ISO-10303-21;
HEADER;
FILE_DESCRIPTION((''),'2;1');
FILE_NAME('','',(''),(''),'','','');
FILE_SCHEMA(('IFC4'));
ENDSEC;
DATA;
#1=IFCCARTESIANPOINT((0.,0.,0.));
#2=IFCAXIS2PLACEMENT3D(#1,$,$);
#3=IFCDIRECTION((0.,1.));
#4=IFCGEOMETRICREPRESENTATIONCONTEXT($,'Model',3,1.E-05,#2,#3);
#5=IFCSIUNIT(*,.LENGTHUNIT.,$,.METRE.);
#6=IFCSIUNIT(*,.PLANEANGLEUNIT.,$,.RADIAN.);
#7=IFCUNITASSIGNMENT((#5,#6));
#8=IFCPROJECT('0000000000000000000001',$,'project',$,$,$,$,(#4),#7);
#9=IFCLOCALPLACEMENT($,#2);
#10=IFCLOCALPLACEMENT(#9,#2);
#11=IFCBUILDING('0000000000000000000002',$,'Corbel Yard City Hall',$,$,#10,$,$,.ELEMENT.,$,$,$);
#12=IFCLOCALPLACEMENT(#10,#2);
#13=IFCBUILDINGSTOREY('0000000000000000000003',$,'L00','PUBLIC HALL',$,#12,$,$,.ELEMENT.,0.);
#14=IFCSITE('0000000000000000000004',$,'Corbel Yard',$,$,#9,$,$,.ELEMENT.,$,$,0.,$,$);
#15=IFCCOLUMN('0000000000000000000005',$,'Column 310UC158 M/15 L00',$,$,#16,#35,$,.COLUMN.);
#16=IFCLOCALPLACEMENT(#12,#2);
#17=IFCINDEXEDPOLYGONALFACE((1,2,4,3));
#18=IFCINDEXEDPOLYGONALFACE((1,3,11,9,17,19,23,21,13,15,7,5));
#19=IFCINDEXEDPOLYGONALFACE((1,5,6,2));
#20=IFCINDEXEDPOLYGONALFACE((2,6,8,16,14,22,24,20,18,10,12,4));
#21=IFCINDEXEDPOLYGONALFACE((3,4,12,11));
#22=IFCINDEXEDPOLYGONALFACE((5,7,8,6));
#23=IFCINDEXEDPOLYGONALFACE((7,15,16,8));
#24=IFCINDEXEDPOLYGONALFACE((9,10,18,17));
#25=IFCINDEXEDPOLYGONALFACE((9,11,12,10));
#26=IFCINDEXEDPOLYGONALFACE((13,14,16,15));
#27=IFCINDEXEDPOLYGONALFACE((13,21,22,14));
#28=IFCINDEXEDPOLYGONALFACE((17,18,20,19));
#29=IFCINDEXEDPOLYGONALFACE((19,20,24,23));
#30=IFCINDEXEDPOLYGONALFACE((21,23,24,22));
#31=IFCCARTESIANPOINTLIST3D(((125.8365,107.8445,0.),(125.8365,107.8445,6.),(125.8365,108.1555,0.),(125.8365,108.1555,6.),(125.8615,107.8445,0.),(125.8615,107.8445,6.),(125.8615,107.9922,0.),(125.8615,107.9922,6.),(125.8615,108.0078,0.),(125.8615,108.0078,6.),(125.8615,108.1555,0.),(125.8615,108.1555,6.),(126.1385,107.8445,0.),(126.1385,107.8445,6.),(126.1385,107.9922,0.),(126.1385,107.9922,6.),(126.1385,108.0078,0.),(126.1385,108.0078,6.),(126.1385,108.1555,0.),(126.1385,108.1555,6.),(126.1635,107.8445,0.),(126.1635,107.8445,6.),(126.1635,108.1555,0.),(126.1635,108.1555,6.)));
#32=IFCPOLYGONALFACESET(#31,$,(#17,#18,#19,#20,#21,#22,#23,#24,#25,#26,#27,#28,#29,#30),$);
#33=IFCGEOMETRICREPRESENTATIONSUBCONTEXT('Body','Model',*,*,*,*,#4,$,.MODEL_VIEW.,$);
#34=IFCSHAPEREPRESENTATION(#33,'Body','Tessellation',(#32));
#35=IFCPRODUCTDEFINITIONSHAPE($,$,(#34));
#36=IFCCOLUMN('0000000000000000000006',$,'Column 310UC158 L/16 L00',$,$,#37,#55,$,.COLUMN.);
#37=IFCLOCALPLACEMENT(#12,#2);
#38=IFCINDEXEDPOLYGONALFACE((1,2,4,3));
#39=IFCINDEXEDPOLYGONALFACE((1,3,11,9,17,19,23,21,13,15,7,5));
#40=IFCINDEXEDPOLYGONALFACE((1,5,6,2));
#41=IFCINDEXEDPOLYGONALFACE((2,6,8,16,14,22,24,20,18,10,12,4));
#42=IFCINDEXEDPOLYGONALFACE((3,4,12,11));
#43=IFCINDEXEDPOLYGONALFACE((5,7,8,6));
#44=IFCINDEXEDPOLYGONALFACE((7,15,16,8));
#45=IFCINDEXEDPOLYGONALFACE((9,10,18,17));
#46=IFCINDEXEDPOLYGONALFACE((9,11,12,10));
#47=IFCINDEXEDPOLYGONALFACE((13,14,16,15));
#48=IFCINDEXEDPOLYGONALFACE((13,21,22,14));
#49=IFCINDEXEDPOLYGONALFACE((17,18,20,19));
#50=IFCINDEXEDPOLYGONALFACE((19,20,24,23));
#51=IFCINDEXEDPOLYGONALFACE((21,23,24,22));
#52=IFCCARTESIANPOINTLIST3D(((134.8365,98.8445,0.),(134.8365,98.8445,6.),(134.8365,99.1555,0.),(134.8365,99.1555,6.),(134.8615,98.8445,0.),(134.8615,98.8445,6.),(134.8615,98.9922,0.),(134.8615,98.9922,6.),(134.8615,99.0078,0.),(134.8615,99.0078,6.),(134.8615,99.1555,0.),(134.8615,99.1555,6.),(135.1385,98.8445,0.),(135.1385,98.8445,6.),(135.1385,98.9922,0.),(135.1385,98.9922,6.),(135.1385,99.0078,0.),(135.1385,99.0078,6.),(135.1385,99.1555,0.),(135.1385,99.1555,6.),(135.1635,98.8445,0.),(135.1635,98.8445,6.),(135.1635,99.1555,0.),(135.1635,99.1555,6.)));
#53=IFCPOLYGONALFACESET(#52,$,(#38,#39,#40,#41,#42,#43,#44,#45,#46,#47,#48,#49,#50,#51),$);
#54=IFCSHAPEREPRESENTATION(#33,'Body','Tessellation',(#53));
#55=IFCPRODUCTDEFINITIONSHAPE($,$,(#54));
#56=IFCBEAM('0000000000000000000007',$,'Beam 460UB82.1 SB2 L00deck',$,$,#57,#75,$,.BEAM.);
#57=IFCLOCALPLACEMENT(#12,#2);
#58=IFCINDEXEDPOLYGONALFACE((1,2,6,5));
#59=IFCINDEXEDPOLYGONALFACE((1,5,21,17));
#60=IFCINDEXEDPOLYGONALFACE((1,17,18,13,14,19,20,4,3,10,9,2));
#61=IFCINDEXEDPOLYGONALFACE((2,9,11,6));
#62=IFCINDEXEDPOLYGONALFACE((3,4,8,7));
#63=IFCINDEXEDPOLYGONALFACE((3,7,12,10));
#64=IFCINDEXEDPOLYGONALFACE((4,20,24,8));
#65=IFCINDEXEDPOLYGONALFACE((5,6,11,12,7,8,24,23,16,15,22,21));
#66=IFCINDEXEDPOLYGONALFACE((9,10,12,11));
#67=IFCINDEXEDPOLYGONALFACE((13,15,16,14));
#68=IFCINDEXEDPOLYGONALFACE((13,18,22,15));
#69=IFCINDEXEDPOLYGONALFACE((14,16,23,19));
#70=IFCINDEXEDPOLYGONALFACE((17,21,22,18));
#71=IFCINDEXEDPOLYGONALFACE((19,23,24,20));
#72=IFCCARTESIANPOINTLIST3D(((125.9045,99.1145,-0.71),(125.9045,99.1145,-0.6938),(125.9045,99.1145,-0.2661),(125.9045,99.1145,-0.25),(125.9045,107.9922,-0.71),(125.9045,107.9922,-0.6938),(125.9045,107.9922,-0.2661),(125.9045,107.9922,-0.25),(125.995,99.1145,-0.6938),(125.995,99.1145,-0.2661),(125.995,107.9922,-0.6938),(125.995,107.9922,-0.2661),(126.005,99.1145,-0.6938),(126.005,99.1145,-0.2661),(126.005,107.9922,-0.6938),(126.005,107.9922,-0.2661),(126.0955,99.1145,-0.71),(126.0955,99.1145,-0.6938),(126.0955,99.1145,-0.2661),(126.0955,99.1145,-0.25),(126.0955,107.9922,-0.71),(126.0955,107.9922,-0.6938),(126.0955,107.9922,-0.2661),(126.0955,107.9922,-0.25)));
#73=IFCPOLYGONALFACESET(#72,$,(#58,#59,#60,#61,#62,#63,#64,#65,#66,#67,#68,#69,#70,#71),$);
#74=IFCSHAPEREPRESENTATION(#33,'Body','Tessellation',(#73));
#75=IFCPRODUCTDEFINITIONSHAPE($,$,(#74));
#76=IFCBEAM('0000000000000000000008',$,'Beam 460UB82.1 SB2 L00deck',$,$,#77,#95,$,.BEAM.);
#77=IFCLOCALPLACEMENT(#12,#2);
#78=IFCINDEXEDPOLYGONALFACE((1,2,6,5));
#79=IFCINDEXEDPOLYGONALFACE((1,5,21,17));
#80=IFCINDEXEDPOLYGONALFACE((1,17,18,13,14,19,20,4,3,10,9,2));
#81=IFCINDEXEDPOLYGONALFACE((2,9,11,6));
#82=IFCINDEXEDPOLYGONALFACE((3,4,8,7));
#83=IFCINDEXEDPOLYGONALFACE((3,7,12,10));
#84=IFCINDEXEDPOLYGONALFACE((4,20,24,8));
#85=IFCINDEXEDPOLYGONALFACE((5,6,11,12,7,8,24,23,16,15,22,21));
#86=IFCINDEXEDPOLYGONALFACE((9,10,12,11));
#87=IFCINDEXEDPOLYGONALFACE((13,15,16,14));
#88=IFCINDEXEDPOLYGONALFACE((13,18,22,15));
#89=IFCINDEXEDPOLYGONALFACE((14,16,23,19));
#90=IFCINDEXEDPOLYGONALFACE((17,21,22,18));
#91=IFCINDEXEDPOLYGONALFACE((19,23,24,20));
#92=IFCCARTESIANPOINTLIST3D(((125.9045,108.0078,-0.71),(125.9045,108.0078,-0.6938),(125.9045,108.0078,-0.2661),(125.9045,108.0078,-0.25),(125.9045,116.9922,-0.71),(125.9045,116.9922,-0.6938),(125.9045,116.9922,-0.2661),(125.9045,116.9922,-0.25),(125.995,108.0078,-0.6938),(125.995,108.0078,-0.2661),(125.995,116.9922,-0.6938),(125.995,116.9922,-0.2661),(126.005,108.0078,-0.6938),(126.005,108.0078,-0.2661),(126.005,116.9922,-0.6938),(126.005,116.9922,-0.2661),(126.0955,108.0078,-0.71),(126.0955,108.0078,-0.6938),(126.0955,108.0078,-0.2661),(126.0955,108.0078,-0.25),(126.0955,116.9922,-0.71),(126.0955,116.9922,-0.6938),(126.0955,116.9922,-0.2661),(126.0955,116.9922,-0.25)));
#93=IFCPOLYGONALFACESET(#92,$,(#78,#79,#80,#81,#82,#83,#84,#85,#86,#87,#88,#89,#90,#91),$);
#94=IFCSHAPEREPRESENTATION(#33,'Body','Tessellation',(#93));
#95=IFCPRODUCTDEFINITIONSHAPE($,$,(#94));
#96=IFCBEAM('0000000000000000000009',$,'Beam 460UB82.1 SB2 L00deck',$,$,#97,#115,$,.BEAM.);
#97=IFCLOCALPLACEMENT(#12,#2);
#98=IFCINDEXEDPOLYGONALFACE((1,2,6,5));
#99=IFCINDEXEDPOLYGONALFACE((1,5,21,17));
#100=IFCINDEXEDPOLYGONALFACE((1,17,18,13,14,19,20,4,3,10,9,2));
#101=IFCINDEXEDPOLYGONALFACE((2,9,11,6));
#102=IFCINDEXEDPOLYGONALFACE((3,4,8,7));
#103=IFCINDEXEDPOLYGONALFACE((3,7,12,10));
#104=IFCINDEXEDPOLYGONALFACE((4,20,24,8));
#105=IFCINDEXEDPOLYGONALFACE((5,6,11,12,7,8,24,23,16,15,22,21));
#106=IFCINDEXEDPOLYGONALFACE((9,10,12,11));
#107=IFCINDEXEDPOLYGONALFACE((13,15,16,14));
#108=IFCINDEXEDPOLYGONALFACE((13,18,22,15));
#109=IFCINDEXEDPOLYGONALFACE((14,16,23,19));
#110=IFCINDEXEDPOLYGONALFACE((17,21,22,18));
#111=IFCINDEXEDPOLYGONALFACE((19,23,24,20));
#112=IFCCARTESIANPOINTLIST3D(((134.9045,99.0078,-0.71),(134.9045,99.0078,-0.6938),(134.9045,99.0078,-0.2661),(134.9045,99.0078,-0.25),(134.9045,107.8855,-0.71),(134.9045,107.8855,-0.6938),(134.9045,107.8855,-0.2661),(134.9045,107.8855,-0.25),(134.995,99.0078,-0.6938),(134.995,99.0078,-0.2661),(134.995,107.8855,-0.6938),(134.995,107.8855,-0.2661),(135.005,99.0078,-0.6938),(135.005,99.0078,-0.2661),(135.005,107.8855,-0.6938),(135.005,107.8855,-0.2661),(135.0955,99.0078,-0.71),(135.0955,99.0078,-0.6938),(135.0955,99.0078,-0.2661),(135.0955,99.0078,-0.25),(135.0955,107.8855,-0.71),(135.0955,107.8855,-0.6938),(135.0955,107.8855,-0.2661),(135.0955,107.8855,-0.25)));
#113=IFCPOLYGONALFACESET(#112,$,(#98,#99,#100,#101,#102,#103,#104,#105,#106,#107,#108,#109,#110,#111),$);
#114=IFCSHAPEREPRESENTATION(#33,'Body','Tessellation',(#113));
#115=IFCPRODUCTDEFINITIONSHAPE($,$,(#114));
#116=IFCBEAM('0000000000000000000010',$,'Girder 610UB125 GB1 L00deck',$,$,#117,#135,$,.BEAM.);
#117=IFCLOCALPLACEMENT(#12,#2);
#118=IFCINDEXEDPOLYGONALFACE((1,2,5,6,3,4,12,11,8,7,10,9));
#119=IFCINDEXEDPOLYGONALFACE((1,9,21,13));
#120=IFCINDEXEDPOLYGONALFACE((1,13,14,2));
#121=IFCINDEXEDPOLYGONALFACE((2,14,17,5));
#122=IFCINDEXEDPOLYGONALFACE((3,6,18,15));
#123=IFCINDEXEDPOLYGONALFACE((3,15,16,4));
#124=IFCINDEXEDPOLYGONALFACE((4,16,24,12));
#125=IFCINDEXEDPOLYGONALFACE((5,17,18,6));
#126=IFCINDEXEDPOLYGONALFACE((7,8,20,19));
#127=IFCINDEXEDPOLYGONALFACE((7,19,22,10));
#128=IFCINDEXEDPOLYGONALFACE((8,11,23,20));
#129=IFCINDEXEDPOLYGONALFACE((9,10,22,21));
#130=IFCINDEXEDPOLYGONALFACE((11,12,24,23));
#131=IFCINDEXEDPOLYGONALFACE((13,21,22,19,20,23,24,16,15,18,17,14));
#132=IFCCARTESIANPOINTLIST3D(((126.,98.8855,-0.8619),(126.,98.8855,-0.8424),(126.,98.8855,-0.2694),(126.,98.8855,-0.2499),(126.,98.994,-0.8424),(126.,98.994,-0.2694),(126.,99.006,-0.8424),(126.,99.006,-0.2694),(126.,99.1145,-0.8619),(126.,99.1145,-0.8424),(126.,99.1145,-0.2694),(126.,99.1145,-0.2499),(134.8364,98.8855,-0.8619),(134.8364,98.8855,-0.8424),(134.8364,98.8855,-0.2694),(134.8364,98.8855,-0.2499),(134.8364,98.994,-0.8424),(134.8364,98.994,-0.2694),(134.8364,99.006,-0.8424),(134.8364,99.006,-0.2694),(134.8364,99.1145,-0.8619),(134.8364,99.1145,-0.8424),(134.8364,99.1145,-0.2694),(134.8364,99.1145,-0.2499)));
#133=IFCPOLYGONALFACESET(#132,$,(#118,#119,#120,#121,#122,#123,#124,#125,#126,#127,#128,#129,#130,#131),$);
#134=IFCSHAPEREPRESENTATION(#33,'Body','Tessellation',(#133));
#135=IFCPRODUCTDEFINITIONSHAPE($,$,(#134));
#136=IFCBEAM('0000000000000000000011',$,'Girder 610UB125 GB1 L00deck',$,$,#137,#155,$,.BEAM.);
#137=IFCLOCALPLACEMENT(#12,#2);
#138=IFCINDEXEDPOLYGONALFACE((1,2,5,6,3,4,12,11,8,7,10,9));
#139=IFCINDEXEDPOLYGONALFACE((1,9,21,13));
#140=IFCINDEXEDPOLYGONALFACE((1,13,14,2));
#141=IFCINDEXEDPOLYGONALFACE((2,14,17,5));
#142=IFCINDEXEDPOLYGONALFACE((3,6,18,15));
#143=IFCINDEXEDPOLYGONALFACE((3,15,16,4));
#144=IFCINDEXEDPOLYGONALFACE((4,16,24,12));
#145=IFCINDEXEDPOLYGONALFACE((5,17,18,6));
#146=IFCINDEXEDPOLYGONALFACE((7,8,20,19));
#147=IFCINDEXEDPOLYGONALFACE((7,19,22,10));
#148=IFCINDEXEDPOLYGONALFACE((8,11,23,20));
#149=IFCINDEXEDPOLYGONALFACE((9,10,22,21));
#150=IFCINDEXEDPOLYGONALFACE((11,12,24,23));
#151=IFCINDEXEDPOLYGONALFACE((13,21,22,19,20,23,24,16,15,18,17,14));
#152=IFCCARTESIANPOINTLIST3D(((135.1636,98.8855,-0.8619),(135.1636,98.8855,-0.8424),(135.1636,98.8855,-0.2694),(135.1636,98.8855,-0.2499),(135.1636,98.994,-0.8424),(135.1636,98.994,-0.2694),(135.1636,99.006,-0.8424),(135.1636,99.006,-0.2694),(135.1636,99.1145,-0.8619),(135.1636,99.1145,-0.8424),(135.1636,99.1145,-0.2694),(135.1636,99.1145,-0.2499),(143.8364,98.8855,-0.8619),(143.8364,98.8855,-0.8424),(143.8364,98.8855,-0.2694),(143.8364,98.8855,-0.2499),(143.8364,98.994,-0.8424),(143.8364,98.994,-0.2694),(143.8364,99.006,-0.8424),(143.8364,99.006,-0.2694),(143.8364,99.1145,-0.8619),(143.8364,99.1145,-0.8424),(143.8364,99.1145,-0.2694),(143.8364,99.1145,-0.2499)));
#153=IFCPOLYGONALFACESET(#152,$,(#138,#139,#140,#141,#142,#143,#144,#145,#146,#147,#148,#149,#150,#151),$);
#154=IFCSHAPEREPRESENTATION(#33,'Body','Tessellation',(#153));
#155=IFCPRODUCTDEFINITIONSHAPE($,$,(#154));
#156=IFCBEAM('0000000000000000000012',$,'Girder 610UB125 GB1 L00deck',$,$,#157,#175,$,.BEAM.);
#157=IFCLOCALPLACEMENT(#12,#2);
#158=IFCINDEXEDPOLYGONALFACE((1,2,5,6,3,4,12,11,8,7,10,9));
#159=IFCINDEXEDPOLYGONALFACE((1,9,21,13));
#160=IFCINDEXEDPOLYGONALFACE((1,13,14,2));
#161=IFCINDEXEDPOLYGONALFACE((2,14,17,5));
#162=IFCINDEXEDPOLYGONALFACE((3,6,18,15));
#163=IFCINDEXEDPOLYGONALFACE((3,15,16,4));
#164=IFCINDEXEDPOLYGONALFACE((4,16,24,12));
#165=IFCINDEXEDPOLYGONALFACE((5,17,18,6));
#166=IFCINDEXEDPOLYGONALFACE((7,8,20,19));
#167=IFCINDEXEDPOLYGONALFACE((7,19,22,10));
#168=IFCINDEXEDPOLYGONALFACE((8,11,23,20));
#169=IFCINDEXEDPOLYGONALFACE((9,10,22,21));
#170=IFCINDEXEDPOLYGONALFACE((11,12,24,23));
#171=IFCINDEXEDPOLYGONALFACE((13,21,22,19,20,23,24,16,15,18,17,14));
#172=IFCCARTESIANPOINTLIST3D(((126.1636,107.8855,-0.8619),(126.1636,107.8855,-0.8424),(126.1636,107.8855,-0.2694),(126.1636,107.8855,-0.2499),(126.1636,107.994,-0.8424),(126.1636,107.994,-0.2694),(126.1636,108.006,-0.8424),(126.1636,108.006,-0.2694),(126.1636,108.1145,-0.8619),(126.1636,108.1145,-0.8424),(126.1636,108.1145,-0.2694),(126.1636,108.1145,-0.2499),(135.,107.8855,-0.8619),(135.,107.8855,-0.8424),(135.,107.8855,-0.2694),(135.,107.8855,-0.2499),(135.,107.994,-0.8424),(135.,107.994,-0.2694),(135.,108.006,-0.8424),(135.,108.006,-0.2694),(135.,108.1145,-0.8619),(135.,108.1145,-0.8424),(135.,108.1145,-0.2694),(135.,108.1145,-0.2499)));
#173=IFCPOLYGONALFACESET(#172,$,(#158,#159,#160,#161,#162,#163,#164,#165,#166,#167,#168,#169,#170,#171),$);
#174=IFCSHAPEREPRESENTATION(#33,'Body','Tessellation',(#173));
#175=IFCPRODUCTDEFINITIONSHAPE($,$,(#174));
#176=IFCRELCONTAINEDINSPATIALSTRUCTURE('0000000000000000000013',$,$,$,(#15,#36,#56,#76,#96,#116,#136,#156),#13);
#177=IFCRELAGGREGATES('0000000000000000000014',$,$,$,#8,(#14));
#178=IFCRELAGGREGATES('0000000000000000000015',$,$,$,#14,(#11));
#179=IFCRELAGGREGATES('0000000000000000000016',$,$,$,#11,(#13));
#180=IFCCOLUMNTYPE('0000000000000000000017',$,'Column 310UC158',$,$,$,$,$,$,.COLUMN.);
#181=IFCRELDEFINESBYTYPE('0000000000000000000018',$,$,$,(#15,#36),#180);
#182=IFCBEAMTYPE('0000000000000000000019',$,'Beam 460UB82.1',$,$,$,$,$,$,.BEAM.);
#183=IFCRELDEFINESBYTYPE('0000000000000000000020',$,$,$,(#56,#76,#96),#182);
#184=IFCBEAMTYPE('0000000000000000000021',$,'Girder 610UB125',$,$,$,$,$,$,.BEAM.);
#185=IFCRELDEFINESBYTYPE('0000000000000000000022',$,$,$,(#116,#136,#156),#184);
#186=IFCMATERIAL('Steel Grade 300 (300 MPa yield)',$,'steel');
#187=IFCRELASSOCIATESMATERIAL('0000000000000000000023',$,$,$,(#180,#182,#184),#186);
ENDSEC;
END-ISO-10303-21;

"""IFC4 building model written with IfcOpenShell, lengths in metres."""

from ifc_helpers import new_model, si_unit, direction, frame, origin, origin_2d, place, context, subcontext, project, spatial, i_section, extrude, material, material_profile, profile_set, type_object, element, save


model = new_model("IFC4")

# Units and contexts
model_context = context("Model", 3, precision=1e-05, world=origin(), true_north=direction((0.0, 1.0)))
body_context = subcontext(model_context, "Body", "Model", "MODEL_VIEW")
ifc_project = project(units=[si_unit("LENGTHUNIT", "METRE"), si_unit("PLANEANGLEUNIT", "RADIAN")], contexts=[model_context])

# Site, building, storey
site_placement = place(None, origin())
site = spatial("IfcSite", under=ifc_project, at=site_placement, Name="Corbel Yard", CompositionType="ELEMENT", RefElevation=0.0)
building_placement = place(site_placement, origin())
building = spatial("IfcBuilding", under=site, at=building_placement, Name="Corbel Yard City Hall", CompositionType="ELEMENT")
storey_placement = place(building_placement, origin())
storey = spatial("IfcBuildingStorey", under=building, at=storey_placement, Name="L00", Description="PUBLIC HALL", CompositionType="ELEMENT", Elevation=0.0)

# Columns
ifc_material_1 = material(Name="Steel Grade 300 (300 MPa yield)", Category="steel")
ifc_material_profile_1 = material_profile(ifc_material_1, i_section(OverallWidth=0.311, OverallDepth=0.3269, WebThickness=0.0156, FlangeThickness=0.0249, at=origin_2d()), Name="310UC158")
ifc_profile_set_1 = profile_set([ifc_material_profile_1], Name="Steel Grade 300 (300 MPa yield)")
column_type = type_object("IfcColumnType", Name="Column 310UC158", PredefinedType="COLUMN", material=ifc_profile_set_1)
for number, where, z_axis, x_axis, name in (
    (1, (126.0, 108.0, 0.0), (0.0, 0.0, 1.0), (0.0, 1.0, 0.0), "Column 310UC158 M/15 L00"),
    (2, (135.0, 99.0, 0.0), (0.0, 0.0, 1.0), (0.0, 1.0, 0.0), "Column 310UC158 L/16 L00"),
):
    element("IfcColumn", number, at=place(storey_placement, frame(where, z_axis=z_axis, x_axis=x_axis)), inside=storey, type_object=column_type, Name=name, PredefinedType="COLUMN", context=body_context, shape_type="SweptSolid", body=[
        extrude(i_section(OverallWidth=0.311, OverallDepth=0.3269, WebThickness=0.0156, FlangeThickness=0.0249, at=origin_2d()), origin(), (0.0, 0.0, 1.0), 6.0),
    ])

# Beams
ifc_material_profile_2 = material_profile(ifc_material_1, i_section(OverallWidth=0.1909, OverallDepth=0.46, WebThickness=0.01, FlangeThickness=0.0161, at=origin_2d()), Name="460UB82.1")
ifc_profile_set_2 = profile_set([ifc_material_profile_2], Name="Steel Grade 300 (300 MPa yield)")
beam_type_1 = type_object("IfcBeamType", Name="Beam 460UB82.1", PredefinedType="BEAM", material=ifc_profile_set_2)
beam_1_placement = place(storey_placement, frame((126.0, 99.1145, -0.48), z_axis=(0.0, 1.0, 0.0), x_axis=(-1.0, 0.0, 0.0)))
element("IfcBeam", 3, at=beam_1_placement, inside=storey, type_object=beam_type_1, Name="Beam 460UB82.1 SB2 L00deck", PredefinedType="BEAM", context=body_context, shape_type="SweptSolid", body=[
    extrude(i_section(OverallWidth=0.1909, OverallDepth=0.46, WebThickness=0.01, FlangeThickness=0.0161, at=origin_2d()), origin(), (0.0, 0.0, 1.0), 8.8777),
])
beam_2_placement = place(storey_placement, frame((126.0, 108.0078, -0.48), z_axis=(0.0, 1.0, 0.0), x_axis=(-1.0, 0.0, 0.0)))
element("IfcBeam", 4, at=beam_2_placement, inside=storey, type_object=beam_type_1, Name="Beam 460UB82.1 SB2 L00deck", PredefinedType="BEAM", context=body_context, shape_type="SweptSolid", body=[
    extrude(i_section(OverallWidth=0.1909, OverallDepth=0.46, WebThickness=0.01, FlangeThickness=0.0161, at=origin_2d()), origin(), (0.0, 0.0, 1.0), 8.9844),
])
beam_3_placement = place(storey_placement, frame((135.0, 99.0078, -0.48), z_axis=(0.0, 1.0, 0.0), x_axis=(-1.0, 0.0, 0.0)))
element("IfcBeam", 5, at=beam_3_placement, inside=storey, type_object=beam_type_1, Name="Beam 460UB82.1 SB2 L00deck", PredefinedType="BEAM", context=body_context, shape_type="SweptSolid", body=[
    extrude(i_section(OverallWidth=0.1909, OverallDepth=0.46, WebThickness=0.01, FlangeThickness=0.0161, at=origin_2d()), origin(), (0.0, 0.0, 1.0), 8.8777),
])
ifc_material_profile_3 = material_profile(ifc_material_1, i_section(OverallWidth=0.229, OverallDepth=0.6121, WebThickness=0.012, FlangeThickness=0.0195, at=origin_2d()), Name="610UB125")
ifc_profile_set_3 = profile_set([ifc_material_profile_3], Name="Steel Grade 300 (300 MPa yield)")
beam_type_2 = type_object("IfcBeamType", Name="Girder 610UB125", PredefinedType="BEAM", material=ifc_profile_set_3)
beam_4_placement = place(storey_placement, frame((126.0, 99.0, -0.5559), z_axis=(1.0, 0.0, 0.0), x_axis=(0.0, 1.0, 0.0)))
element("IfcBeam", 6, at=beam_4_placement, inside=storey, type_object=beam_type_2, Name="Girder 610UB125 GB1 L00deck", PredefinedType="BEAM", context=body_context, shape_type="SweptSolid", body=[
    extrude(i_section(OverallWidth=0.229, OverallDepth=0.6121, WebThickness=0.012, FlangeThickness=0.0195, at=origin_2d()), origin(), (0.0, 0.0, 1.0), 8.8364),
])
beam_5_placement = place(storey_placement, frame((135.1636, 99.0, -0.5559), z_axis=(1.0, 0.0, 0.0), x_axis=(0.0, 1.0, 0.0)))
element("IfcBeam", 7, at=beam_5_placement, inside=storey, type_object=beam_type_2, Name="Girder 610UB125 GB1 L00deck", PredefinedType="BEAM", context=body_context, shape_type="SweptSolid", body=[
    extrude(i_section(OverallWidth=0.229, OverallDepth=0.6121, WebThickness=0.012, FlangeThickness=0.0195, at=origin_2d()), origin(), (0.0, 0.0, 1.0), 8.6729),
])
beam_6_placement = place(storey_placement, frame((126.1636, 108.0, -0.5559), z_axis=(1.0, 0.0, 0.0), x_axis=(0.0, 1.0, 0.0)))
element("IfcBeam", 8, at=beam_6_placement, inside=storey, type_object=beam_type_2, Name="Girder 610UB125 GB1 L00deck", PredefinedType="BEAM", context=body_context, shape_type="SweptSolid", body=[
    extrude(i_section(OverallWidth=0.229, OverallDepth=0.6121, WebThickness=0.012, FlangeThickness=0.0195, at=origin_2d()), origin(), (0.0, 0.0, 1.0), 8.8364),
])

save(model, "model.ifc")
